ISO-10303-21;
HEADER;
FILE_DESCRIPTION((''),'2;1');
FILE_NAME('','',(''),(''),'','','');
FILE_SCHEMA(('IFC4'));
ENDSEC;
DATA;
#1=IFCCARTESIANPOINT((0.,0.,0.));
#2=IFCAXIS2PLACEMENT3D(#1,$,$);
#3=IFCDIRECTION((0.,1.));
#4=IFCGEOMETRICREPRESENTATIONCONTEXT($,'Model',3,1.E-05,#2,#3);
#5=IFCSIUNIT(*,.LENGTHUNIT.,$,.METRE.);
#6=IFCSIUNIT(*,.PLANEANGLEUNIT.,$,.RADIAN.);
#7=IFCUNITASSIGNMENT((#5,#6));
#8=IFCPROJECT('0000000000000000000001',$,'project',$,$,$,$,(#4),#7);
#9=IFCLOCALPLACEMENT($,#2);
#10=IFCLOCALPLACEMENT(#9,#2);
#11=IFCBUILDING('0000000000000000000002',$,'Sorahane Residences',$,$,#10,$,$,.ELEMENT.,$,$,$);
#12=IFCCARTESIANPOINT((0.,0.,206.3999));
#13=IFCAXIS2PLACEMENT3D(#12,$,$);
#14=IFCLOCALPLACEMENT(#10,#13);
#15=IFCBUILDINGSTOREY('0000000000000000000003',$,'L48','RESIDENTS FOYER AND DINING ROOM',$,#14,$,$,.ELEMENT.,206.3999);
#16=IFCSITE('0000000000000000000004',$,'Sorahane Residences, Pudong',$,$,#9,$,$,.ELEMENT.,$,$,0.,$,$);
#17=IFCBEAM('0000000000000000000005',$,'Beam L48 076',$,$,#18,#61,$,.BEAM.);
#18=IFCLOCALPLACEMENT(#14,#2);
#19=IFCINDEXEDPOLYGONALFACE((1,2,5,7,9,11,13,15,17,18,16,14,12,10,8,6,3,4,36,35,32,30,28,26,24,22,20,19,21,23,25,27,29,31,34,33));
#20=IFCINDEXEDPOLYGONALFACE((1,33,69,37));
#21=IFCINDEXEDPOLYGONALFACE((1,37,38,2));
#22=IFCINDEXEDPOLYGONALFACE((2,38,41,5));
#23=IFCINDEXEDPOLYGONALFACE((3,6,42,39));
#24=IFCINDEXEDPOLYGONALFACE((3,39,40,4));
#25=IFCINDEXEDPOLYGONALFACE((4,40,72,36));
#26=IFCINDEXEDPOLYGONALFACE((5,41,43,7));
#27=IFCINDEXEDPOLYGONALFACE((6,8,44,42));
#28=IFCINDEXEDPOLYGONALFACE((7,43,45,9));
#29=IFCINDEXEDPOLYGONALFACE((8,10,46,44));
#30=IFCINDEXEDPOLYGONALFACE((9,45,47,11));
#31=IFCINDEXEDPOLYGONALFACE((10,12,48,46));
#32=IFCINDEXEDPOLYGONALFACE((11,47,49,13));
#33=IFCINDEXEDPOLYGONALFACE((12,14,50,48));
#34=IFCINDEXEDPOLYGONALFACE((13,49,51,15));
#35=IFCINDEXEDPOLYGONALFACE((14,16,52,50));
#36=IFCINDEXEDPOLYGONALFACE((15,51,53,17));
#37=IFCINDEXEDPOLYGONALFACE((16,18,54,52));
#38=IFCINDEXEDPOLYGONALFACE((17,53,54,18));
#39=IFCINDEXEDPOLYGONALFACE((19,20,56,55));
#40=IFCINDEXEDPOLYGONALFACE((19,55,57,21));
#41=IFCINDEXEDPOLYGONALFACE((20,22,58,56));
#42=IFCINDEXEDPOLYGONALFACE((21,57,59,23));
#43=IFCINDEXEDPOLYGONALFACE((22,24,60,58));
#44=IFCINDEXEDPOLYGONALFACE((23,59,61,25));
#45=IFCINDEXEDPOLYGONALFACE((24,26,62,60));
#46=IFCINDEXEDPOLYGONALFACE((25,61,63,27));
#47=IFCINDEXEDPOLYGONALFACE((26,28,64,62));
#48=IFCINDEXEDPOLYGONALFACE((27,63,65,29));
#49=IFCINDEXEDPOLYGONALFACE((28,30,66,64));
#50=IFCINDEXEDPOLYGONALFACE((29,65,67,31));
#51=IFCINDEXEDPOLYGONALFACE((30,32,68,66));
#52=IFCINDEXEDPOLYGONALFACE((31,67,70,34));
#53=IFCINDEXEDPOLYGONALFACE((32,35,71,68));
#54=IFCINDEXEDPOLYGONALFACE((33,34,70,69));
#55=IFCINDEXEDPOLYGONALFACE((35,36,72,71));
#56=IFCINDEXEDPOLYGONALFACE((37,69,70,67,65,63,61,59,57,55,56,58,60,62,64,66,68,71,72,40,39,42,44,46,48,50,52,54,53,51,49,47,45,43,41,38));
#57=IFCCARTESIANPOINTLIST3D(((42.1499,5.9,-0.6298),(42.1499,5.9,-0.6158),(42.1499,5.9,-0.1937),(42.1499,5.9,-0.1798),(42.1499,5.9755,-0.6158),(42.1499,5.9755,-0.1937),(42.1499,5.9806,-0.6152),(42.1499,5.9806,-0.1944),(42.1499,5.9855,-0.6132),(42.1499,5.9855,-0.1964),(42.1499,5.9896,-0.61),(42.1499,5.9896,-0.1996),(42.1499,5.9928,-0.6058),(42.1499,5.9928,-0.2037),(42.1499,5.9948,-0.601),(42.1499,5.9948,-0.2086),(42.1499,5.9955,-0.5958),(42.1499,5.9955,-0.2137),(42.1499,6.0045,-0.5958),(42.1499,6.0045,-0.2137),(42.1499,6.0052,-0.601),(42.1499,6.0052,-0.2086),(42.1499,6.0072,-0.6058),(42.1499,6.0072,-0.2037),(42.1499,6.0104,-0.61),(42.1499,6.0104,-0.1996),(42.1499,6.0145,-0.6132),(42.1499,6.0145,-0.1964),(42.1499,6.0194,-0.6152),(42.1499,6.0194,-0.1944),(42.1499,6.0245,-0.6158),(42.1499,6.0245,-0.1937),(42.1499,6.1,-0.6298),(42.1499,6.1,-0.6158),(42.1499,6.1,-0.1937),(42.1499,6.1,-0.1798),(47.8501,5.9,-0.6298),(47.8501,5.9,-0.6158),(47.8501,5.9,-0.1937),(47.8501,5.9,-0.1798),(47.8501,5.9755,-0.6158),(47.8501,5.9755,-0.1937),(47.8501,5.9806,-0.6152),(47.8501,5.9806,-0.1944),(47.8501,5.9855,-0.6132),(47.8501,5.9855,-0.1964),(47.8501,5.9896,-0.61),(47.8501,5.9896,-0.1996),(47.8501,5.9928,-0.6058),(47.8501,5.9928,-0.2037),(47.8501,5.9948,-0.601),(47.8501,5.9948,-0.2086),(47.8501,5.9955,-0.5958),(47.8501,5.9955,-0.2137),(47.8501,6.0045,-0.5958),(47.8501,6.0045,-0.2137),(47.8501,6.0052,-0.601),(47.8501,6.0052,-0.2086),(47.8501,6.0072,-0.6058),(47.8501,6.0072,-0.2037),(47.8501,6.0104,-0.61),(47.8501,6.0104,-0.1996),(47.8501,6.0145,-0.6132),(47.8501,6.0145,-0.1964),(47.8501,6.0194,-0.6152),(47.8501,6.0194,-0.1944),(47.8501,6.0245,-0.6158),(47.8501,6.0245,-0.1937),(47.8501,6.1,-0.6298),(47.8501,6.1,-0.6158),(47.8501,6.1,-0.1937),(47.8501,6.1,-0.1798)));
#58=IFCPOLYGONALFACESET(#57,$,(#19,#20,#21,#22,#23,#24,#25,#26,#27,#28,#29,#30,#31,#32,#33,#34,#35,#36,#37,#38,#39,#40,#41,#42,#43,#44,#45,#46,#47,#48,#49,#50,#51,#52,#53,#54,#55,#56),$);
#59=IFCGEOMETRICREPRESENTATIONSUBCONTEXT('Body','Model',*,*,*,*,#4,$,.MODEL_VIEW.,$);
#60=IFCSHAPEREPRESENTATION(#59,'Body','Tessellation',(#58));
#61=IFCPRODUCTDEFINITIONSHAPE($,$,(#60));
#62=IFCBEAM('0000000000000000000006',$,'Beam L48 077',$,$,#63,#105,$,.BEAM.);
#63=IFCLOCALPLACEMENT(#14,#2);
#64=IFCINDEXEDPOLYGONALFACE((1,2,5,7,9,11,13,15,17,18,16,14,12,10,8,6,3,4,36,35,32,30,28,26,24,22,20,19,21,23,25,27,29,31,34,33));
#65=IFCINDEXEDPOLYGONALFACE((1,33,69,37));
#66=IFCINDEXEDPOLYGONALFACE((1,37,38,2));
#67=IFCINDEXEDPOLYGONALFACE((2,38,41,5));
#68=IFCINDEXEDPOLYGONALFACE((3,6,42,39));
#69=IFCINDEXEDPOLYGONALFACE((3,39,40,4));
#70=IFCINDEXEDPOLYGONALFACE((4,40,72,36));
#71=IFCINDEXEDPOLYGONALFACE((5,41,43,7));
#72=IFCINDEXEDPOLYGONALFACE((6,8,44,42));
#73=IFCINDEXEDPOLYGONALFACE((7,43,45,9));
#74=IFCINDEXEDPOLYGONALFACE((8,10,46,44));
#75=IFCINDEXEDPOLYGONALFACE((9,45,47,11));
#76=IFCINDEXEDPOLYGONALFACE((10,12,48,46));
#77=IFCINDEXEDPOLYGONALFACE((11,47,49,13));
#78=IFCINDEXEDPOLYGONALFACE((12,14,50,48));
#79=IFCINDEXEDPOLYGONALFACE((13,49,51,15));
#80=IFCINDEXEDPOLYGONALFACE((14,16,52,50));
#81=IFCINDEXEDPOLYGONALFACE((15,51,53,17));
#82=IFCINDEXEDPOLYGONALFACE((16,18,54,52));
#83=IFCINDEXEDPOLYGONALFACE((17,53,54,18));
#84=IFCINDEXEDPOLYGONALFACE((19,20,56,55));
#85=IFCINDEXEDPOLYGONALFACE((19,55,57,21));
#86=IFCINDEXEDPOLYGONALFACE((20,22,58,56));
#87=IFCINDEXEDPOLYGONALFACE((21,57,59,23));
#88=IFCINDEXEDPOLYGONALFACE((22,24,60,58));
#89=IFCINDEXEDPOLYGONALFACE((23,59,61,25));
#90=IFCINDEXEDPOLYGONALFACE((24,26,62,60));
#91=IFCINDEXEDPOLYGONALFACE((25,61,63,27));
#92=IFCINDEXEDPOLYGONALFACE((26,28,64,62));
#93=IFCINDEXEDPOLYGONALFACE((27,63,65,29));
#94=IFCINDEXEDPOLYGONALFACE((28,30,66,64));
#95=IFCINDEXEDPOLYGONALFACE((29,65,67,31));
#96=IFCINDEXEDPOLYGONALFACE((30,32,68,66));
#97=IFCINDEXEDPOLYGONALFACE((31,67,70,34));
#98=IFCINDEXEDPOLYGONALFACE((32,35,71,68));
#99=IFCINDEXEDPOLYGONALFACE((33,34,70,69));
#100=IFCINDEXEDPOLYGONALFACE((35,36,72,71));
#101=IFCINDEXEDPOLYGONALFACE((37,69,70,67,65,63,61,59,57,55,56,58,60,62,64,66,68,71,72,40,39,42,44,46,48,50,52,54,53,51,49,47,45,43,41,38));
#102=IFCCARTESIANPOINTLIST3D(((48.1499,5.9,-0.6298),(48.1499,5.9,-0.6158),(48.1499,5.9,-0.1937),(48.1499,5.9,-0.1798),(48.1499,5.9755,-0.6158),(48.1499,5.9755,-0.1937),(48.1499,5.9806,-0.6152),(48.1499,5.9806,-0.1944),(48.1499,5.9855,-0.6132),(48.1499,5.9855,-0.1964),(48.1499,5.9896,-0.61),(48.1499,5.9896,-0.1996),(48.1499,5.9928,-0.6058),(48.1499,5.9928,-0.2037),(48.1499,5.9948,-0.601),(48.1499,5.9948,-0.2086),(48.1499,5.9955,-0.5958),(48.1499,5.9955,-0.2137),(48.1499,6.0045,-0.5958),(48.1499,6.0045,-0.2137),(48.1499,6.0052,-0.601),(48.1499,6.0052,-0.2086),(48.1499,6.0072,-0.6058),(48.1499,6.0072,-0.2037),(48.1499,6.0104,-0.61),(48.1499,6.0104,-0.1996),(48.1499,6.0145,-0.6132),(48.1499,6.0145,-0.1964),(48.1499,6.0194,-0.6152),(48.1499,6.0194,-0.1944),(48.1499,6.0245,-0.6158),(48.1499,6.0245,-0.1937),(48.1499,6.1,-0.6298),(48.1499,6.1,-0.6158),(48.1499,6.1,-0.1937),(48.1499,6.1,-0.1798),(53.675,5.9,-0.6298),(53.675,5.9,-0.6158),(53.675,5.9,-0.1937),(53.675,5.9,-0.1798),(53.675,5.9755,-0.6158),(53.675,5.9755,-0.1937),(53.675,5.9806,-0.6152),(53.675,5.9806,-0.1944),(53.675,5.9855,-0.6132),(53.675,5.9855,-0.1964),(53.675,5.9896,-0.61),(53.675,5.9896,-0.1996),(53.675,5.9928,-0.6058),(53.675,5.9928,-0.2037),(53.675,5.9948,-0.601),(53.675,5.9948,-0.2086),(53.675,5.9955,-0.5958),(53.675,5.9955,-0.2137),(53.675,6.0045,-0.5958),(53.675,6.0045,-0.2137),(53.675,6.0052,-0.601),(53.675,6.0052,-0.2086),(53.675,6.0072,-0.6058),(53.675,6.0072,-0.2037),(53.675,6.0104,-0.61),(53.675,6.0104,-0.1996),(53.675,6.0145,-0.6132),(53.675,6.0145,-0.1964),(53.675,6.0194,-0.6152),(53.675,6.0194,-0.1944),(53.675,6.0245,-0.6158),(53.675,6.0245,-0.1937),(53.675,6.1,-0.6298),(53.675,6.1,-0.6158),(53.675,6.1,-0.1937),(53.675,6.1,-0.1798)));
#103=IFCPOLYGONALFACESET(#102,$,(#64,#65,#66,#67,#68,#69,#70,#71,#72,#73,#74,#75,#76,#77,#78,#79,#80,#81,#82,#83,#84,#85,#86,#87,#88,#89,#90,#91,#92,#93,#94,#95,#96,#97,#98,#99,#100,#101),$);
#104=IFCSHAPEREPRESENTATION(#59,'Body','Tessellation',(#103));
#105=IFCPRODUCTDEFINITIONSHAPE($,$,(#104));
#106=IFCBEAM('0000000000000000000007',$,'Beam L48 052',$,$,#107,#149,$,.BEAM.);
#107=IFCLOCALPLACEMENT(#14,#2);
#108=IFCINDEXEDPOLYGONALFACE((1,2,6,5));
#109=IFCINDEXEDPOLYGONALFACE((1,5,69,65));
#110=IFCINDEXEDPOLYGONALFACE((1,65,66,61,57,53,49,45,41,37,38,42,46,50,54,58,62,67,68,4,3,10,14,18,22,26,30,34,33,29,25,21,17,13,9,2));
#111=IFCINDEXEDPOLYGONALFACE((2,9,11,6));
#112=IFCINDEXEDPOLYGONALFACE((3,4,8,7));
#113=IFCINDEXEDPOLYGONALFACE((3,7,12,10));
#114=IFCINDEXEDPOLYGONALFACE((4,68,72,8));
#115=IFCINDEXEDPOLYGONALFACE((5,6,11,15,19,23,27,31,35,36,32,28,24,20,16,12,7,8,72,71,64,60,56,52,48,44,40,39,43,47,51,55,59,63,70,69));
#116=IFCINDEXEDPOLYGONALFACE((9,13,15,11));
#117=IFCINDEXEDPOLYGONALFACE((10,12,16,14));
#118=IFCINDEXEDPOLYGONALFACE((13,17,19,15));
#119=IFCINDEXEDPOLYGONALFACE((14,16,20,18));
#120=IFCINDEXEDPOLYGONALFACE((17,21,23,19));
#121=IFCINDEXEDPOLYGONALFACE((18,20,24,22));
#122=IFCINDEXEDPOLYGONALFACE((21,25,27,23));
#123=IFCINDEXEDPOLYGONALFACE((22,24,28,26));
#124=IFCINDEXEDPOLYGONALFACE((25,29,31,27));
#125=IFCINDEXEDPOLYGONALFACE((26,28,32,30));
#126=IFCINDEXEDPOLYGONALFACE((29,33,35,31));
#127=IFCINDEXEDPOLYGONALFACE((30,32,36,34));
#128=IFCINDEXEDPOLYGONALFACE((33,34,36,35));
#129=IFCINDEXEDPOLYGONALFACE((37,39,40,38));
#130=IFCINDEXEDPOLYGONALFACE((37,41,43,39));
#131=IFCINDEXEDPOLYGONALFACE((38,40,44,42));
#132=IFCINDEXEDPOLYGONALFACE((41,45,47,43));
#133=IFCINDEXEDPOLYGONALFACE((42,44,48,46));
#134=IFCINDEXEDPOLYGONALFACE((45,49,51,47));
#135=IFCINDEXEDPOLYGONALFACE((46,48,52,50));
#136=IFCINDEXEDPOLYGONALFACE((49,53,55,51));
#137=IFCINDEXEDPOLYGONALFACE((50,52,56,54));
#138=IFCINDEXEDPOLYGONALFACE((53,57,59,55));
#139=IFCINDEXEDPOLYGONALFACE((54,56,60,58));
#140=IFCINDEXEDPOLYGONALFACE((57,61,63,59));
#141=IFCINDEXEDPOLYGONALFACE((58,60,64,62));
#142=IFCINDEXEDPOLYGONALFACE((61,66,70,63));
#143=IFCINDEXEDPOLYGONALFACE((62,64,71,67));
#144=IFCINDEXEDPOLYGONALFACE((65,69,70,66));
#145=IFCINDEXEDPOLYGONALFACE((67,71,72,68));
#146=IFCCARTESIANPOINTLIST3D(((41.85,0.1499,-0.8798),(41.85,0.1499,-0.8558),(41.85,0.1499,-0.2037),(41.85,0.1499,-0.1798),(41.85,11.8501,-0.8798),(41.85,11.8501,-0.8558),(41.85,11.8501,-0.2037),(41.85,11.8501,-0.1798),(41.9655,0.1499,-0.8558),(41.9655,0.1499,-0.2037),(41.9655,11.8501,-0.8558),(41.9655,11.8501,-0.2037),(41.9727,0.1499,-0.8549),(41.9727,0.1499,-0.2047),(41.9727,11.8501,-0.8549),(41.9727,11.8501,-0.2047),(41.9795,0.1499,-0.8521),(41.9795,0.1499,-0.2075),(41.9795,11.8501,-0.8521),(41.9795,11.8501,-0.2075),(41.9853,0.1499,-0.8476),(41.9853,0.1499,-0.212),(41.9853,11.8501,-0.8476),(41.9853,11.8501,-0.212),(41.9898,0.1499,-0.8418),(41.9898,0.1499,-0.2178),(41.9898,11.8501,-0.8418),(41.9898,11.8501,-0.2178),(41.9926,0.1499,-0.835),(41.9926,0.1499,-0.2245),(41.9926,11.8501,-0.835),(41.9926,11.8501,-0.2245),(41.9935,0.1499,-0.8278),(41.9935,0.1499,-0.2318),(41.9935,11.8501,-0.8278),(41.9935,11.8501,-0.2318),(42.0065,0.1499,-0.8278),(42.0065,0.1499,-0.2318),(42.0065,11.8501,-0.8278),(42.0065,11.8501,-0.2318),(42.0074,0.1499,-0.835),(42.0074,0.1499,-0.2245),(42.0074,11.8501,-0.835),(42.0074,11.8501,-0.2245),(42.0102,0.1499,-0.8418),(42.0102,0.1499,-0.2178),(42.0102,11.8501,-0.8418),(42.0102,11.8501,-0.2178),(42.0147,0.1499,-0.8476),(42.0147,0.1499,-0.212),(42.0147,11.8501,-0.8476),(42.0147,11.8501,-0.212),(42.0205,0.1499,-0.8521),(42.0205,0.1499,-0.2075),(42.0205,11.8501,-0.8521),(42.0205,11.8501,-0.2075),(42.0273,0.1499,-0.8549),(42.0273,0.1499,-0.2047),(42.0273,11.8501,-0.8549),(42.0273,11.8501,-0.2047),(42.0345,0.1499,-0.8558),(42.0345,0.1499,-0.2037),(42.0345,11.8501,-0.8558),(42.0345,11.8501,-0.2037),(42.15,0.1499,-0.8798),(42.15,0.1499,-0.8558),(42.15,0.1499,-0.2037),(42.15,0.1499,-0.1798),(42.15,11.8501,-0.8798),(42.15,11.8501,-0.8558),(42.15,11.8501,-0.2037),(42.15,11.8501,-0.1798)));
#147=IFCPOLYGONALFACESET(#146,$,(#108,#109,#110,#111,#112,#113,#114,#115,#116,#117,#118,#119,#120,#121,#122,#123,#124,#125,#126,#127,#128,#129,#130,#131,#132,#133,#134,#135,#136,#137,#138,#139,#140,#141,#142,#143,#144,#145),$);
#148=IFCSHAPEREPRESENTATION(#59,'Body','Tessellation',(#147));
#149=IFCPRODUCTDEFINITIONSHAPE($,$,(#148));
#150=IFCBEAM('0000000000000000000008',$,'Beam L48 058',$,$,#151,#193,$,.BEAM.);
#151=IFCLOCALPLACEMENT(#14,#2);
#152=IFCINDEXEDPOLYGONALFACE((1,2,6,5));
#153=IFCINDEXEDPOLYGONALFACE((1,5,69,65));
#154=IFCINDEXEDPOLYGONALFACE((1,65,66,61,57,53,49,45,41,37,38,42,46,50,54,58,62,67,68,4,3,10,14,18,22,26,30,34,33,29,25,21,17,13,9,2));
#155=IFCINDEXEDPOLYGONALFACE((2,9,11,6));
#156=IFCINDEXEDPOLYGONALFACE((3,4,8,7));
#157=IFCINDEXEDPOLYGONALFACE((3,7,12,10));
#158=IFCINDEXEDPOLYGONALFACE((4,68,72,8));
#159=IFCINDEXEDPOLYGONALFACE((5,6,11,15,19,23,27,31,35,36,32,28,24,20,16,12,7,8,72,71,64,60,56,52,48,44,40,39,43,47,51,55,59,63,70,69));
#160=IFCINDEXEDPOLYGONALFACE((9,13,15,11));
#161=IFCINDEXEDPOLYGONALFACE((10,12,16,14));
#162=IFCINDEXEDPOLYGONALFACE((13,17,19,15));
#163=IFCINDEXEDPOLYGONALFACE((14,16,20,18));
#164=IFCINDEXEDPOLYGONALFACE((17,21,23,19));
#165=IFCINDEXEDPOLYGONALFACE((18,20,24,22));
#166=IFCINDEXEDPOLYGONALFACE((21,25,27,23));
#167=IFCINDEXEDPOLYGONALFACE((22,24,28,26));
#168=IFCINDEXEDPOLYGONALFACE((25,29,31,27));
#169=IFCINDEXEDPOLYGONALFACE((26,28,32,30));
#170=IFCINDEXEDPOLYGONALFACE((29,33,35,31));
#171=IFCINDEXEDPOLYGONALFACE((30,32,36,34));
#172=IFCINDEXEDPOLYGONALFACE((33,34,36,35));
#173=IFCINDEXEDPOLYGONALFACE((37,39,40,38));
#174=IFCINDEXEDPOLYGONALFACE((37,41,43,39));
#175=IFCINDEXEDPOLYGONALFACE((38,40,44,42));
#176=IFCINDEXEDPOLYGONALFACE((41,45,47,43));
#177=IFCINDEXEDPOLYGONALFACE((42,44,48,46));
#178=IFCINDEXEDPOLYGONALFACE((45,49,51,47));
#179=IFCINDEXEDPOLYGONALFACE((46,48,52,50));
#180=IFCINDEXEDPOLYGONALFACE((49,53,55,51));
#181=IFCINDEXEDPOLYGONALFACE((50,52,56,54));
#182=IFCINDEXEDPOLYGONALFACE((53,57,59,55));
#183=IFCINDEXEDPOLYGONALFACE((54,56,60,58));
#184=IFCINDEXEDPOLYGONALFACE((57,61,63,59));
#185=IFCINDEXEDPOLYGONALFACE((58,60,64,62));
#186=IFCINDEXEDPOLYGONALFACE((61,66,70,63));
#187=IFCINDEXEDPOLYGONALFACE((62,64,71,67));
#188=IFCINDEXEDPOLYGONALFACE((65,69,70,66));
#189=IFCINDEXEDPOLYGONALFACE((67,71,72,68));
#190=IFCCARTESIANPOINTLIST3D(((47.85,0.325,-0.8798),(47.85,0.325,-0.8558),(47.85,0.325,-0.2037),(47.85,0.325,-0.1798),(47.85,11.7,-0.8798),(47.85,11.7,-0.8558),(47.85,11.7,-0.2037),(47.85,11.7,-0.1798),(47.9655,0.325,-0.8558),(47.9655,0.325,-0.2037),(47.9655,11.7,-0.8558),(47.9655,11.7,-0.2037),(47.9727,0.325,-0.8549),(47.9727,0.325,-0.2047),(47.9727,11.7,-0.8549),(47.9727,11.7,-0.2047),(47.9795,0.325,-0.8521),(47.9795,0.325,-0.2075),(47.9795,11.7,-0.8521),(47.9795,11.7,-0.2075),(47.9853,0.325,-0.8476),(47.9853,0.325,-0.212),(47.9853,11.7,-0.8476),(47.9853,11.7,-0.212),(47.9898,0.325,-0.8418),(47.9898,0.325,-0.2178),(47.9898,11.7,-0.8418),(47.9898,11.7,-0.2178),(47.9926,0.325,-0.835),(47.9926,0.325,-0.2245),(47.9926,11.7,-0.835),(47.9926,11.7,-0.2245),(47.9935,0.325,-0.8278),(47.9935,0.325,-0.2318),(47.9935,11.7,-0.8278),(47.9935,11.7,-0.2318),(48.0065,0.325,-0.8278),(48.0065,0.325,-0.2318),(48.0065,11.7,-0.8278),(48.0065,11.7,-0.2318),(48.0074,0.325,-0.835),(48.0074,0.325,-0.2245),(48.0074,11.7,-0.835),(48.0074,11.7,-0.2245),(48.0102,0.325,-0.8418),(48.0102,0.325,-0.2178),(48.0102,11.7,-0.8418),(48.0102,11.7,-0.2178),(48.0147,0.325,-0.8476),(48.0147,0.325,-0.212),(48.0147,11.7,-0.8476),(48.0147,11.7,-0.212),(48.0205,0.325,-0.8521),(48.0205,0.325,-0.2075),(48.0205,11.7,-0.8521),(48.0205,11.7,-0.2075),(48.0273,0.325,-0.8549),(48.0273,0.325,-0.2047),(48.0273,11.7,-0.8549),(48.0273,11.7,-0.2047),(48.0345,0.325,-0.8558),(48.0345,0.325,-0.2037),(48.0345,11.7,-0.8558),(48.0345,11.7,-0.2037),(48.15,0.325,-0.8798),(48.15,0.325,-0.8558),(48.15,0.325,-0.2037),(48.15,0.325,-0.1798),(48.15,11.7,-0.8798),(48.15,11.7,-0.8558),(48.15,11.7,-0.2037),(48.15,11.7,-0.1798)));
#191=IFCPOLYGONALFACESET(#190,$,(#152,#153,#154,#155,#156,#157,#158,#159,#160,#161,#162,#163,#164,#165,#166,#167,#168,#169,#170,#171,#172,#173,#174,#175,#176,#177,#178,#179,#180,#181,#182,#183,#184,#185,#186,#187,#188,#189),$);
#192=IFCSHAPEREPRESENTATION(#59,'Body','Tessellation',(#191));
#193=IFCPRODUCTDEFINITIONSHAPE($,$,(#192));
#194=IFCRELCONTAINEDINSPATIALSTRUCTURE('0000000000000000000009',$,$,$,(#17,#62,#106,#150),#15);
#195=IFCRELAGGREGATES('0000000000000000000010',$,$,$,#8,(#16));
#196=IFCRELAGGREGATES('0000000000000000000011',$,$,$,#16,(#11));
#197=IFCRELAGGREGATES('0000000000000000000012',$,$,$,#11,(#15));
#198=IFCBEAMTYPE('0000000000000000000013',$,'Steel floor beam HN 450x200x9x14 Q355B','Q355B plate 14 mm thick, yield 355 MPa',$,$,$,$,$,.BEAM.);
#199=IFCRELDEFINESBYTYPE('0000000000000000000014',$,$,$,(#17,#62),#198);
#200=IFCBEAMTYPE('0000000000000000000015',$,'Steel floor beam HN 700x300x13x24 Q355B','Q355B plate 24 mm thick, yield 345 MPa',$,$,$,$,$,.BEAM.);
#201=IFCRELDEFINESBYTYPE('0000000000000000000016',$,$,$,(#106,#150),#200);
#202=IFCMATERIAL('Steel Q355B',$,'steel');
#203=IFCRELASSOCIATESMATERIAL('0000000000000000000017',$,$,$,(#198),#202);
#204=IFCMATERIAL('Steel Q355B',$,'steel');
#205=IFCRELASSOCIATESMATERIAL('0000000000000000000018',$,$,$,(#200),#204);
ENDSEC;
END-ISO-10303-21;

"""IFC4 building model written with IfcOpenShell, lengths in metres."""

from ifc_helpers import new_model, si_unit, direction, frame, origin, origin_2d, place, context, subcontext, project, spatial, i_section, extrude, material, material_profile, profile_set, type_object, element, save


model = new_model("IFC4")

# Units and contexts
model_context = context("Model", 3, precision=1e-05, world=origin(), true_north=direction((0.0, 1.0)))
body_context = subcontext(model_context, "Body", "Model", "MODEL_VIEW")
ifc_project = project(units=[si_unit("LENGTHUNIT", "METRE"), si_unit("PLANEANGLEUNIT", "RADIAN")], contexts=[model_context])

# Site, building, storey
site_placement = place(None, origin())
site = spatial("IfcSite", under=ifc_project, at=site_placement, Name="Sorahane Residences, Pudong", CompositionType="ELEMENT", RefElevation=0.0)
building_placement = place(site_placement, origin())
building = spatial("IfcBuilding", under=site, at=building_placement, Name="Sorahane Residences", CompositionType="ELEMENT")
storey_placement = place(building_placement, frame((0.0, 0.0, 206.3999)))
storey = spatial("IfcBuildingStorey", under=building, at=storey_placement, Name="L48", Description="RESIDENTS FOYER AND DINING ROOM", CompositionType="ELEMENT", Elevation=206.3999)

# Beams
ifc_material_1 = material(Name="Steel Q355B", Category="steel")
ifc_material_profile_1 = material_profile(ifc_material_1, i_section(OverallWidth=0.2, OverallDepth=0.45, WebThickness=0.009, FlangeThickness=0.0139, FilletRadius=0.02, at=origin_2d()), Name="HN 450x200x9x14")
ifc_profile_set_1 = profile_set([ifc_material_profile_1], Name="Steel Q355B")
beam_type_1 = type_object("IfcBeamType", Name="Steel floor beam HN 450x200x9x14 Q355B", Description="Q355B plate 14 mm thick, yield 355 MPa", PredefinedType="BEAM", material=ifc_profile_set_1)
beam_1_placement = place(storey_placement, frame((42.1499, 6.0, -0.4048), z_axis=(1.0, 0.0, 0.0), x_axis=(0.0, 1.0, 0.0)))
element("IfcBeam", 1, at=beam_1_placement, inside=storey, type_object=beam_type_1, Name="Beam L48 076", PredefinedType="BEAM", context=body_context, shape_type="SweptSolid", body=[
    extrude(i_section(OverallWidth=0.2, OverallDepth=0.45, WebThickness=0.009, FlangeThickness=0.0139, FilletRadius=0.02, at=origin_2d()), origin(), (0.0, 0.0, 1.0), 5.7002),
])
beam_2_placement = place(storey_placement, frame((48.1499, 6.0, -0.4048), z_axis=(1.0, 0.0, 0.0), x_axis=(0.0, 1.0, 0.0)))
element("IfcBeam", 2, at=beam_2_placement, inside=storey, type_object=beam_type_1, Name="Beam L48 077", PredefinedType="BEAM", context=body_context, shape_type="SweptSolid", body=[
    extrude(i_section(OverallWidth=0.2, OverallDepth=0.45, WebThickness=0.009, FlangeThickness=0.0139, FilletRadius=0.02, at=origin_2d()), origin(), (0.0, 0.0, 1.0), 5.5251),
])
ifc_material_2 = material(Name="Steel Q355B", Category="steel")
ifc_material_profile_2 = material_profile(ifc_material_2, i_section(OverallWidth=0.3, OverallDepth=0.7, WebThickness=0.0129, FlangeThickness=0.0239, FilletRadius=0.0281, at=origin_2d()), Name="HN 700x300x13x24")
ifc_profile_set_2 = profile_set([ifc_material_profile_2], Name="Steel Q355B")
beam_type_2 = type_object("IfcBeamType", Name="Steel floor beam HN 700x300x13x24 Q355B", Description="Q355B plate 24 mm thick, yield 345 MPa", PredefinedType="BEAM", material=ifc_profile_set_2)
beam_3_placement = place(storey_placement, frame((42.0, 0.1499, -0.5298), z_axis=(0.0, 1.0, 0.0), x_axis=(-1.0, 0.0, 0.0)))
element("IfcBeam", 3, at=beam_3_placement, inside=storey, type_object=beam_type_2, Name="Beam L48 052", PredefinedType="BEAM", context=body_context, shape_type="SweptSolid", body=[
    extrude(i_section(OverallWidth=0.3, OverallDepth=0.7, WebThickness=0.0129, FlangeThickness=0.0239, FilletRadius=0.0281, at=origin_2d()), origin(), (0.0, 0.0, 1.0), 11.7002),
])
beam_4_placement = place(storey_placement, frame((48.0, 0.325, -0.5298), z_axis=(0.0, 1.0, 0.0), x_axis=(-1.0, 0.0, 0.0)))
element("IfcBeam", 4, at=beam_4_placement, inside=storey, type_object=beam_type_2, Name="Beam L48 058", PredefinedType="BEAM", context=body_context, shape_type="SweptSolid", body=[
    extrude(i_section(OverallWidth=0.3, OverallDepth=0.7, WebThickness=0.0129, FlangeThickness=0.0239, FilletRadius=0.0281, at=origin_2d()), origin(), (0.0, 0.0, 1.0), 11.375),
])

save(model, "model.ifc")
